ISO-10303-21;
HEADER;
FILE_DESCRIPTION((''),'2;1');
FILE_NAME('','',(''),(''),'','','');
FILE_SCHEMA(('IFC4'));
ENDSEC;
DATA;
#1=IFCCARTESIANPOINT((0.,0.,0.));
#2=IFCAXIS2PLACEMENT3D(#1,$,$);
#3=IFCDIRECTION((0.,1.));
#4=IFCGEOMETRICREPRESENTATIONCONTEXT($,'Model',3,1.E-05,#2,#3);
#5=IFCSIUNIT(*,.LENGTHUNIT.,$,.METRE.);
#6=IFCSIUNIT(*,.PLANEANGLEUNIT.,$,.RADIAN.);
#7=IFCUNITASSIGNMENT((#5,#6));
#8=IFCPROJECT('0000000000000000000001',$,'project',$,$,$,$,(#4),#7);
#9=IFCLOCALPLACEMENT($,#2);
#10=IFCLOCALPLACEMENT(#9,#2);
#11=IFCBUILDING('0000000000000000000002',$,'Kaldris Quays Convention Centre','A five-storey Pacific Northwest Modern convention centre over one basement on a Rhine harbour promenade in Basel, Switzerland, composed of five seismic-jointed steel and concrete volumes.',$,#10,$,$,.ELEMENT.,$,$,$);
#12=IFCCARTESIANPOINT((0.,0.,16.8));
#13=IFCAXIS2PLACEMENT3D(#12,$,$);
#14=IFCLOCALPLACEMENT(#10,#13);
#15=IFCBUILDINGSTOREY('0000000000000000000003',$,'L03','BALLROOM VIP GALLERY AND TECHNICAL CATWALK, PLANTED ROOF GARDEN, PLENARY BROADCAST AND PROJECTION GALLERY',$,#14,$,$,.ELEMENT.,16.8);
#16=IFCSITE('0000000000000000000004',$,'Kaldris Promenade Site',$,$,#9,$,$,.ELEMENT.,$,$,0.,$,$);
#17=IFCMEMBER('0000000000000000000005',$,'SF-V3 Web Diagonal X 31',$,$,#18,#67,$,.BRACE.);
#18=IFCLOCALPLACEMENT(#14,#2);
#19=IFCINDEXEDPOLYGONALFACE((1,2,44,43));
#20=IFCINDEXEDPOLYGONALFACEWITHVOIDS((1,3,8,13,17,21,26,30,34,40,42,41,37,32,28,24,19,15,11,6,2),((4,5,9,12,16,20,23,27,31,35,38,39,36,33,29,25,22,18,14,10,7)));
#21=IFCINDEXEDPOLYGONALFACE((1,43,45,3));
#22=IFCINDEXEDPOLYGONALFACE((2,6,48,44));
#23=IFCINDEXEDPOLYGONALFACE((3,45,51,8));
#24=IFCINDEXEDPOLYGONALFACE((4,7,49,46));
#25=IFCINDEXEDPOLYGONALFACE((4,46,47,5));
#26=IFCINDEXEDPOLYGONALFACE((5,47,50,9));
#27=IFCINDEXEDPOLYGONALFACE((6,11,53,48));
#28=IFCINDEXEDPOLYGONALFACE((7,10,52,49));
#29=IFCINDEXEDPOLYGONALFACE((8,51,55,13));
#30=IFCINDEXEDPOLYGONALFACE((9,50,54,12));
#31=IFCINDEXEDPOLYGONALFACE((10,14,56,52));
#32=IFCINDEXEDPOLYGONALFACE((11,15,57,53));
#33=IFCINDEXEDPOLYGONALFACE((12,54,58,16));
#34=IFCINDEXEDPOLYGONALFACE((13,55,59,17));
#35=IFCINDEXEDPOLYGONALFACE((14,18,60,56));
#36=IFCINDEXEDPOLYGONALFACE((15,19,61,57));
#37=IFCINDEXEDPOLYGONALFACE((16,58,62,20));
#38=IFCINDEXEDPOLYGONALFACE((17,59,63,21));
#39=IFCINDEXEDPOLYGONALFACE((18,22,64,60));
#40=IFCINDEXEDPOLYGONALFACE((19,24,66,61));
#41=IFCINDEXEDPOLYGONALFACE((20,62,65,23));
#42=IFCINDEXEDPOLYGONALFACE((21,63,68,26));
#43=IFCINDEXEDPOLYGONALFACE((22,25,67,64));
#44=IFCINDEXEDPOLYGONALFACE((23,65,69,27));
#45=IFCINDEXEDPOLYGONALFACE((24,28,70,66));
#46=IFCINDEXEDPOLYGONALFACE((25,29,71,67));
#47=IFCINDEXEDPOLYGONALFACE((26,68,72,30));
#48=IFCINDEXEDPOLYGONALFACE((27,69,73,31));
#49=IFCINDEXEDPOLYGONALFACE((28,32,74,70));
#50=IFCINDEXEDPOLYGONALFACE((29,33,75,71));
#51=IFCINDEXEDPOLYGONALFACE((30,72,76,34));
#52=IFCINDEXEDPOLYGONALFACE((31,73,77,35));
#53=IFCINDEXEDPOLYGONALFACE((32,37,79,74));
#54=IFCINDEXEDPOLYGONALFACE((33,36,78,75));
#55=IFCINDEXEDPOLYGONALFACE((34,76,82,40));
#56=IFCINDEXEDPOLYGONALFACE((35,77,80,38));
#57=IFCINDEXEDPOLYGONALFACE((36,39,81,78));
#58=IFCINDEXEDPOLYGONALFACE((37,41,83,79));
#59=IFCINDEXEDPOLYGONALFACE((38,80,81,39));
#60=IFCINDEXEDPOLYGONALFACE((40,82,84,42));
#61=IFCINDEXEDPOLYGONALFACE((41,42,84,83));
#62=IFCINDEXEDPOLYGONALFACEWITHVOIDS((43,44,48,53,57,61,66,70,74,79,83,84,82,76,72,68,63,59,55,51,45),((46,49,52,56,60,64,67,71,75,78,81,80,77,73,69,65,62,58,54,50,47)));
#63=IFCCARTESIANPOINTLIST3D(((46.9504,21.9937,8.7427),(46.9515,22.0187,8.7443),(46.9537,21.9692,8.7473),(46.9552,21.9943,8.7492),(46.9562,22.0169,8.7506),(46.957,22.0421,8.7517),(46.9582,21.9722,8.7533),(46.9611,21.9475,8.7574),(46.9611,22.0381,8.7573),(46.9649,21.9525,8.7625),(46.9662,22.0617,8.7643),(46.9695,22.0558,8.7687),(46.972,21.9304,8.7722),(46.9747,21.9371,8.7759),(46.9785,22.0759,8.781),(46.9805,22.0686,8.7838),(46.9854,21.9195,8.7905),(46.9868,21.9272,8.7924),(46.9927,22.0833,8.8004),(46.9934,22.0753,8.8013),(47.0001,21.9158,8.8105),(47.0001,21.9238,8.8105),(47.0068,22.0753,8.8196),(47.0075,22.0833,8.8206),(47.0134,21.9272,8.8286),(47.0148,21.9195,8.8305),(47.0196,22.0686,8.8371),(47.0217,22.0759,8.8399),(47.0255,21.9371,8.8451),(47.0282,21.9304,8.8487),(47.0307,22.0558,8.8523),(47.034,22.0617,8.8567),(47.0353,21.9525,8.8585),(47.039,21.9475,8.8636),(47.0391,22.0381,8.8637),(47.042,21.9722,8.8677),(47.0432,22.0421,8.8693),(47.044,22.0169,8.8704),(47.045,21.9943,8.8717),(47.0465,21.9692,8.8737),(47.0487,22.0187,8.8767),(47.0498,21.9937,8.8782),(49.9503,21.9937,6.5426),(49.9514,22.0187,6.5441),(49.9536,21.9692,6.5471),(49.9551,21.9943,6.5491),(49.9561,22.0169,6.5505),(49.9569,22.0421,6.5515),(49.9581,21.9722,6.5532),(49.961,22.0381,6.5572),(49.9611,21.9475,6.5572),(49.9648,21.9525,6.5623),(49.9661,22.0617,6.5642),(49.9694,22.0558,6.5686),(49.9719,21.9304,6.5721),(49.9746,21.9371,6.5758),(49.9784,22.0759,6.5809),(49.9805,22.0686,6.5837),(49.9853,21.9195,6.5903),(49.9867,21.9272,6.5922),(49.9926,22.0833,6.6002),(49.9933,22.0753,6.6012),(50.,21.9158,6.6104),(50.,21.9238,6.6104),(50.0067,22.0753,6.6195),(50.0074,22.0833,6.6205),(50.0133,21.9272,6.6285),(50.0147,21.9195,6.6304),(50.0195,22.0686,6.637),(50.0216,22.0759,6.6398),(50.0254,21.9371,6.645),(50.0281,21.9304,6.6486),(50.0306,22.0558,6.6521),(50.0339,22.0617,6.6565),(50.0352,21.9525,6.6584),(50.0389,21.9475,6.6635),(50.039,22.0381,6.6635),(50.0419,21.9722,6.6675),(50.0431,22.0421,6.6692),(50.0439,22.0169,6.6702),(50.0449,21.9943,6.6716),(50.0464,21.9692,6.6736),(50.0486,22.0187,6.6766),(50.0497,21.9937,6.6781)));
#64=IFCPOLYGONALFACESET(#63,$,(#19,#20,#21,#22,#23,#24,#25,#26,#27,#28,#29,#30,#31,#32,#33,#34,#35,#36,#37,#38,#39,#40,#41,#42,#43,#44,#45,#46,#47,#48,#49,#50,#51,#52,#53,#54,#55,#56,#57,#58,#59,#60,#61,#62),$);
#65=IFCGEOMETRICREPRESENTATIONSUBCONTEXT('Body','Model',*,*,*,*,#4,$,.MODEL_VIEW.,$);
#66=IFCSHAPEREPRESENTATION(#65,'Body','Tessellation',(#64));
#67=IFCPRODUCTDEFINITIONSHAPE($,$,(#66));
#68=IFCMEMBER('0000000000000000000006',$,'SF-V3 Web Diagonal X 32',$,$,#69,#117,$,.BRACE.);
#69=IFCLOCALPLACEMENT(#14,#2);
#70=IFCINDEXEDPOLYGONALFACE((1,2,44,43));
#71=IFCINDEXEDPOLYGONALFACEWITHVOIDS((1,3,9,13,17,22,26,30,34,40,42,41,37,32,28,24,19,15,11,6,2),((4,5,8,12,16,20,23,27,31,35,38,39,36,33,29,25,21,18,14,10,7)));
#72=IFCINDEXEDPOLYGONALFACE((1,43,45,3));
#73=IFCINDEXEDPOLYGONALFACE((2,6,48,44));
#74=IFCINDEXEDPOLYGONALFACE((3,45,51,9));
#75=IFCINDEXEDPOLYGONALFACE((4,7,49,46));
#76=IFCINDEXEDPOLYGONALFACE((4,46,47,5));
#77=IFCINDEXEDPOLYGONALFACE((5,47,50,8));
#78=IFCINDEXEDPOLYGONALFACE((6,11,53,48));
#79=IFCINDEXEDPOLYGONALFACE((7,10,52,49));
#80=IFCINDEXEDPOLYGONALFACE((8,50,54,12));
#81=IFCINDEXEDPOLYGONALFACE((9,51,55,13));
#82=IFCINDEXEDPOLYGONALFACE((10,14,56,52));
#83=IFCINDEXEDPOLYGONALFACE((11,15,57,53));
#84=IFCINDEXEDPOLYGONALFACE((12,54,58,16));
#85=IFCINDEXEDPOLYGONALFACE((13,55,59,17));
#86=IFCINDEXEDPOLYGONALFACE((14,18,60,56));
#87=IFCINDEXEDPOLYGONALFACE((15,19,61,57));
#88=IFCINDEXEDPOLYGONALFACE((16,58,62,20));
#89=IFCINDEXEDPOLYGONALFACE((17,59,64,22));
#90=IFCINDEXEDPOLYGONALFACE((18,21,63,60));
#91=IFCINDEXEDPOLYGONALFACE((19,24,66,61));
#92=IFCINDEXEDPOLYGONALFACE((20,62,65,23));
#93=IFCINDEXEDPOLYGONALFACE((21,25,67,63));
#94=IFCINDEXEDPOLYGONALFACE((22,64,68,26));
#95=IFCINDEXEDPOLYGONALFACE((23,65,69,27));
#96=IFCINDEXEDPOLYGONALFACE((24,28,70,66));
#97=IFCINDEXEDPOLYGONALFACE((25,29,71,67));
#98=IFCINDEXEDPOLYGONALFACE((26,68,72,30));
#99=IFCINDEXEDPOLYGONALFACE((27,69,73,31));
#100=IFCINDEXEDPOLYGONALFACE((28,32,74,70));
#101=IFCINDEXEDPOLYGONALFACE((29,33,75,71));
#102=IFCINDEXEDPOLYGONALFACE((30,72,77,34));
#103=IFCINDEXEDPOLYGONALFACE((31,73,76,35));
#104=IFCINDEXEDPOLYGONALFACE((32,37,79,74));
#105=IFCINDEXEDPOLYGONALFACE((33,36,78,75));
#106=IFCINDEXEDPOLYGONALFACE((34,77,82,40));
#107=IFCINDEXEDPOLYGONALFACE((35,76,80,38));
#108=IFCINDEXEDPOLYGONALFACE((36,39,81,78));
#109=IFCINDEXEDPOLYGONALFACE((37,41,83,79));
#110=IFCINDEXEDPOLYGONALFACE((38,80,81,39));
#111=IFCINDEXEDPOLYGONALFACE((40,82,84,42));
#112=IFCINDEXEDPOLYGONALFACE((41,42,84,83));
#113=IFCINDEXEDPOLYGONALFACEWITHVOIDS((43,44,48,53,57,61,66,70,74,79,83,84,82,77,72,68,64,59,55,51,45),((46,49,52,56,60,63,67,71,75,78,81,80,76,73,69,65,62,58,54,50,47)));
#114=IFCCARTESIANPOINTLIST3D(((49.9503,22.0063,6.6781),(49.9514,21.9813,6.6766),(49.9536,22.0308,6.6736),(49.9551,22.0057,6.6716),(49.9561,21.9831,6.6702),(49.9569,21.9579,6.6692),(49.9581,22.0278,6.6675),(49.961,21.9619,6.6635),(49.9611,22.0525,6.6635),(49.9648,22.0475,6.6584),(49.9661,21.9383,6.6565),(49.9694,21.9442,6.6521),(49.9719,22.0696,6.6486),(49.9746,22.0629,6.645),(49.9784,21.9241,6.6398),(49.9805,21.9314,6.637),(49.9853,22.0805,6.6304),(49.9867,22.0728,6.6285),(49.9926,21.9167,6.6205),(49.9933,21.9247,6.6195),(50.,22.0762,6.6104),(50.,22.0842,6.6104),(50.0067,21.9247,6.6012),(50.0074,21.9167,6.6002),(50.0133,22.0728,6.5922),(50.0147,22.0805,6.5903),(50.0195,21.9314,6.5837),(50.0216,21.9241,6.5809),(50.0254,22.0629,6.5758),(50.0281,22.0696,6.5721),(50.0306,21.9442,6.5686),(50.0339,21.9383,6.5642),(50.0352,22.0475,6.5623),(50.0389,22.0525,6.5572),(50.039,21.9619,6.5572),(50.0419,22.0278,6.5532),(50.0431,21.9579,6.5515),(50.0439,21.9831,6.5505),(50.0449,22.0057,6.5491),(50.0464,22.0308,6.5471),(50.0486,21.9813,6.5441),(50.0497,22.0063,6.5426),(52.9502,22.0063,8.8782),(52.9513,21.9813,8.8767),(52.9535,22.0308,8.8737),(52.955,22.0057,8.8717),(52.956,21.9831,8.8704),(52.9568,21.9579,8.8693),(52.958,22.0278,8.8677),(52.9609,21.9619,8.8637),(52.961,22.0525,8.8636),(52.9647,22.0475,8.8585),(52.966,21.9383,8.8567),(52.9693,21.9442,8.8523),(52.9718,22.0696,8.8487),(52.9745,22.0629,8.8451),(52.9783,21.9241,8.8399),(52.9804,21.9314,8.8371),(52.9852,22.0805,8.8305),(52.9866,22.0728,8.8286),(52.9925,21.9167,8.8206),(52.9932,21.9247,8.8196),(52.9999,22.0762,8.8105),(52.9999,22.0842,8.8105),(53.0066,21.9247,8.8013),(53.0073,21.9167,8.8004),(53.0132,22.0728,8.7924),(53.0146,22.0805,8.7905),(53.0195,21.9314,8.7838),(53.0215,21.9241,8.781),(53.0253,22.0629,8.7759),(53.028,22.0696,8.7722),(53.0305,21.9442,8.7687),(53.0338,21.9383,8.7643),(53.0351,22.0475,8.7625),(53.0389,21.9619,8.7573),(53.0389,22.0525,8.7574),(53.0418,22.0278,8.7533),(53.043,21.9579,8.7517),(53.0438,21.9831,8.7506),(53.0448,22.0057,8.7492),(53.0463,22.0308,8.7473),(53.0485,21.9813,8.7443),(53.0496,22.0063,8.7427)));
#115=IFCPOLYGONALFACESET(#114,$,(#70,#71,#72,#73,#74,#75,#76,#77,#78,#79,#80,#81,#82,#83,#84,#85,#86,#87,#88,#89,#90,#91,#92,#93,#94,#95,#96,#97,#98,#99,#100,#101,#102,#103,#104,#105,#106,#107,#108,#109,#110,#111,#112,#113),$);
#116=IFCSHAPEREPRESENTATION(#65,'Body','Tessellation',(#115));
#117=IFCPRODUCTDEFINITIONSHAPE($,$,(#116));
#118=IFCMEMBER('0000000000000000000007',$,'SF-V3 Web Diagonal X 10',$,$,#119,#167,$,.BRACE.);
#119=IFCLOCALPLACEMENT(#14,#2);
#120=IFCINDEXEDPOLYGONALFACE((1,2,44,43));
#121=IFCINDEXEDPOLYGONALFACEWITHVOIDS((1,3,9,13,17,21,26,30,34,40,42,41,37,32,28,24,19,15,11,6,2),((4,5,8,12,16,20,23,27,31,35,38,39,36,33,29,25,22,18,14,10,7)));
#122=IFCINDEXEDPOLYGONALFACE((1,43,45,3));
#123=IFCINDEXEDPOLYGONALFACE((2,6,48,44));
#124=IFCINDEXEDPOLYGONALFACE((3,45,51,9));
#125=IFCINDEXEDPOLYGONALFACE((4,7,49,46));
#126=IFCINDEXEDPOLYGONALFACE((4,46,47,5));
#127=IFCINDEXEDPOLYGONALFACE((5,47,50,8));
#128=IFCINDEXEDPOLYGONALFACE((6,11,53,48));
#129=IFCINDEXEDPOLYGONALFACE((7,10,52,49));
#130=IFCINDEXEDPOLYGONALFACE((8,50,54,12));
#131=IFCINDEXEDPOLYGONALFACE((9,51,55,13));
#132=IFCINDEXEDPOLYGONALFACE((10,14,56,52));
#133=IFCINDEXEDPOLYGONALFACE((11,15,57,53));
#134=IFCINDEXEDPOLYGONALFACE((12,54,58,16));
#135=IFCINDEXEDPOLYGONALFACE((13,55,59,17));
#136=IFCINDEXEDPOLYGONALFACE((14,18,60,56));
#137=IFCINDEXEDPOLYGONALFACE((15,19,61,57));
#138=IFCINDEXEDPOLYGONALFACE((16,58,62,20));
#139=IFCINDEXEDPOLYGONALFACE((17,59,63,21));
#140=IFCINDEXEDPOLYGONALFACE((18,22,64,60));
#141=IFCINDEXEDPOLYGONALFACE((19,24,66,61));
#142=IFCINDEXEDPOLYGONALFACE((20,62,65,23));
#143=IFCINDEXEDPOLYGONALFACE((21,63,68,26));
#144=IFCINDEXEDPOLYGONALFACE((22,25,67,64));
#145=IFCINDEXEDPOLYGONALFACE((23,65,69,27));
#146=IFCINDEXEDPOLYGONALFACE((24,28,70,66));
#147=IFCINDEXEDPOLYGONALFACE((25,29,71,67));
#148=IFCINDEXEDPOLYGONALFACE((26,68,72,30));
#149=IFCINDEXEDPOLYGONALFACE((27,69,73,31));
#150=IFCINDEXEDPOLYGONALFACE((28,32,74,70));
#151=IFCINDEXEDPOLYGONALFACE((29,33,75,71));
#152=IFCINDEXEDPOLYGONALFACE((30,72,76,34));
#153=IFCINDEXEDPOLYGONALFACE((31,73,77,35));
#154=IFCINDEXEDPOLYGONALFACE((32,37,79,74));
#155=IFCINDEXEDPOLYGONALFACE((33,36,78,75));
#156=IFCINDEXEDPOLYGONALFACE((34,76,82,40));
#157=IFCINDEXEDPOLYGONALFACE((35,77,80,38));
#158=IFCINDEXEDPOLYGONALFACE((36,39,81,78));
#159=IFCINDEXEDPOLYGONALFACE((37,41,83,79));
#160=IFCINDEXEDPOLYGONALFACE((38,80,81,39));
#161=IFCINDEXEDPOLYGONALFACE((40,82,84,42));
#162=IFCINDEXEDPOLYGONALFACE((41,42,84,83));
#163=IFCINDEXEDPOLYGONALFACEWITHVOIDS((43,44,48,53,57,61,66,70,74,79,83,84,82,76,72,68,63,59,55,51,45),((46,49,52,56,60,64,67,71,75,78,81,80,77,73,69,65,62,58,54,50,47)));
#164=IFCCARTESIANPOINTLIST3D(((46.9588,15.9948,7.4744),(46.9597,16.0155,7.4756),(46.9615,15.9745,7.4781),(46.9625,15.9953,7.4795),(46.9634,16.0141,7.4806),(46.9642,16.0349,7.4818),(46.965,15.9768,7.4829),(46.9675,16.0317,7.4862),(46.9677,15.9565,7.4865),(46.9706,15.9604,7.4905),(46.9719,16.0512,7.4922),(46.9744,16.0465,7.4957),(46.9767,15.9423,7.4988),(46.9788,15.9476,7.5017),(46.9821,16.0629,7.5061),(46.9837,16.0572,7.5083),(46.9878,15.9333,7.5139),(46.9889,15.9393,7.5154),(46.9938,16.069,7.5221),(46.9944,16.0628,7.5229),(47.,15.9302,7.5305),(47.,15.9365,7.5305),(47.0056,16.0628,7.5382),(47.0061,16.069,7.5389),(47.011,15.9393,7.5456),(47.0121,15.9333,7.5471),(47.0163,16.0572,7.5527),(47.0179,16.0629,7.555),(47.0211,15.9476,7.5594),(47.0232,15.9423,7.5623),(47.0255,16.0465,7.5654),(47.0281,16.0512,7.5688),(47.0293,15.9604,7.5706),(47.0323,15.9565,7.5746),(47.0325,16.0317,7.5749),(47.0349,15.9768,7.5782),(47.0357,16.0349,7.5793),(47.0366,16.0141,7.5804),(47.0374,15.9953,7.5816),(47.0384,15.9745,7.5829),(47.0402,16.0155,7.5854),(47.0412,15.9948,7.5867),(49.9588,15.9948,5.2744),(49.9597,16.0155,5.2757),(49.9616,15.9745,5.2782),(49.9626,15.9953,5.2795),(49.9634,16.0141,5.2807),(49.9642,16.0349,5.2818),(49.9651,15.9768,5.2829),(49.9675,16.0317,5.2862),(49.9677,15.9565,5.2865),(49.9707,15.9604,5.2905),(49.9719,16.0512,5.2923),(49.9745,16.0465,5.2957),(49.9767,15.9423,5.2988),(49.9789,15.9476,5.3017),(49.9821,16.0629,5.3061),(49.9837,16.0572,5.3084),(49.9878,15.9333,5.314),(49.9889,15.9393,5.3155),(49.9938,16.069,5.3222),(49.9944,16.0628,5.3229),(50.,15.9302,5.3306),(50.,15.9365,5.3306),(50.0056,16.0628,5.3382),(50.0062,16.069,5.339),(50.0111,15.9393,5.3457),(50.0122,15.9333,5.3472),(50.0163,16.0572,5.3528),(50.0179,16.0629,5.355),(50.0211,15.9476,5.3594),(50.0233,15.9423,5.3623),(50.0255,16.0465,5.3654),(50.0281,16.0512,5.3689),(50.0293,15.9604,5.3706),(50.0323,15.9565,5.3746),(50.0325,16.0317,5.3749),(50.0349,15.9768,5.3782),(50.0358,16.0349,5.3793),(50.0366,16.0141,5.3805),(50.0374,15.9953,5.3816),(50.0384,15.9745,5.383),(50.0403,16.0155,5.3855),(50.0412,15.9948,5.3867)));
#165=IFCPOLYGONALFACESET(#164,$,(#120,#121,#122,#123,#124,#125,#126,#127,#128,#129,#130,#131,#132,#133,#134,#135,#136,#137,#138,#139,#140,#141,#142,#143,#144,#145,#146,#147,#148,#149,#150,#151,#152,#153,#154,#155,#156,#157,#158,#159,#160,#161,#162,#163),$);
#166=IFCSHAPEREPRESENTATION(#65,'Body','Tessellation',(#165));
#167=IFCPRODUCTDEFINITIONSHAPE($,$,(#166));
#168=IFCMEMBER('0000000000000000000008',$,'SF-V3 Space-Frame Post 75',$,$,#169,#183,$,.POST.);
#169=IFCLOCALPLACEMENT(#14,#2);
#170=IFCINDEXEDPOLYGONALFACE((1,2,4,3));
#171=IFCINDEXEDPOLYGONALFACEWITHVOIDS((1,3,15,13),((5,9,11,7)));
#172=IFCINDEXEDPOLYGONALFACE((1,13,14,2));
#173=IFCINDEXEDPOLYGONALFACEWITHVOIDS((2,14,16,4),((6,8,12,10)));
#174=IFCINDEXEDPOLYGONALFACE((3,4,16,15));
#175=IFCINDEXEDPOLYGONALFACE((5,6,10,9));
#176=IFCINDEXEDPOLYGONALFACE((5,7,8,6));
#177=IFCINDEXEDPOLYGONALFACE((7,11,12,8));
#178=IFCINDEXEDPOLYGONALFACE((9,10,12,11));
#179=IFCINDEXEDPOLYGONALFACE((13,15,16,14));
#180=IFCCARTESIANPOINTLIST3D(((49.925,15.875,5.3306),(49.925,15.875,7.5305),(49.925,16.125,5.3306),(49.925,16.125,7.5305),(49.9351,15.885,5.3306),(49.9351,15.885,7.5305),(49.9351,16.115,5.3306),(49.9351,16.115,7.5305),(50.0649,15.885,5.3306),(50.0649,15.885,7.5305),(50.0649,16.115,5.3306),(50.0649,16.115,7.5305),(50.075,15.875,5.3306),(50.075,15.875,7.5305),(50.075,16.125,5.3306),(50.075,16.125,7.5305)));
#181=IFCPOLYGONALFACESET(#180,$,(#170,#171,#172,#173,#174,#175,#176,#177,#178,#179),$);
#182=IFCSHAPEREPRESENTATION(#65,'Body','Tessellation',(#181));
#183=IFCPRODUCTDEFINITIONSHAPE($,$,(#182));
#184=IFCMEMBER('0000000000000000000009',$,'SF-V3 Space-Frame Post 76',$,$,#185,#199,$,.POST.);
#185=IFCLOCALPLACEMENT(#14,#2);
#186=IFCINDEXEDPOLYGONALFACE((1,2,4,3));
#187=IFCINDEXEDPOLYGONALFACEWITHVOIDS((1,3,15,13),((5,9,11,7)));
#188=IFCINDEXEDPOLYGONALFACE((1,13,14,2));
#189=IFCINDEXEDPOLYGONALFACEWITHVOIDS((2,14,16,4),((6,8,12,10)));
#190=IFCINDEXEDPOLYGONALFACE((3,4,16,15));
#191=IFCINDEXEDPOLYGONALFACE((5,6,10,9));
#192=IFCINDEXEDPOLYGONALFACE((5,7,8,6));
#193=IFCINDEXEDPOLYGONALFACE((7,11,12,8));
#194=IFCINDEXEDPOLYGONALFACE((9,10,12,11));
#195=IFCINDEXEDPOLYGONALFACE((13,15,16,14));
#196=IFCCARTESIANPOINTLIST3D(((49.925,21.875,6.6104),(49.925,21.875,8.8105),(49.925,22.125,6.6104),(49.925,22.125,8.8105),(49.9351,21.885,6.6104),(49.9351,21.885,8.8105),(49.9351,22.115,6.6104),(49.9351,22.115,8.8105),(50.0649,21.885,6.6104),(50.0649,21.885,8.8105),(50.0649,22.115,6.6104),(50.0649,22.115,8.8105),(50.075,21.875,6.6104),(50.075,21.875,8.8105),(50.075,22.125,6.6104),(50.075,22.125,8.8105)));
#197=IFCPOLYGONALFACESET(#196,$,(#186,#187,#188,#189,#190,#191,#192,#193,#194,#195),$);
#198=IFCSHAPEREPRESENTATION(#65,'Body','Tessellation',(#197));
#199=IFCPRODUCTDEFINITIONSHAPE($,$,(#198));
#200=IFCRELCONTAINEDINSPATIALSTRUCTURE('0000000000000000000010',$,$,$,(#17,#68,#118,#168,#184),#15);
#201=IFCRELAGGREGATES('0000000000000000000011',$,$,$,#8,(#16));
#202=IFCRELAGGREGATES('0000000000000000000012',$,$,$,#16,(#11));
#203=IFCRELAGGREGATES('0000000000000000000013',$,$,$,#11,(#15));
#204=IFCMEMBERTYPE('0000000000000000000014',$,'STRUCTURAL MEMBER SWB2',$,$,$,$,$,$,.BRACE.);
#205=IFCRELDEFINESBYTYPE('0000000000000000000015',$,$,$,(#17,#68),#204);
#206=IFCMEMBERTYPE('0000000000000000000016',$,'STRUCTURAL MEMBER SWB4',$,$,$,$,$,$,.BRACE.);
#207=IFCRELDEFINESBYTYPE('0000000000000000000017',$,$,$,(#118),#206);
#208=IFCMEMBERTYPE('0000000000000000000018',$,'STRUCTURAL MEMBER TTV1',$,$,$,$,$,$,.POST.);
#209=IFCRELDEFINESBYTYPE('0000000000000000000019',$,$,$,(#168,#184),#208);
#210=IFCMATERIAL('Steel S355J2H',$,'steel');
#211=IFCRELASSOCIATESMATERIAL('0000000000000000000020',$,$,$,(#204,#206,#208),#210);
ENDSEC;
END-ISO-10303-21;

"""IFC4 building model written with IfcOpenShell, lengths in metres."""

from ifc_helpers import new_model, si_unit, direction, frame, origin, origin_2d, place, context, subcontext, project, spatial, hollow_rectangle, hollow_circle, extrude, material, material_profile, profile_set, type_object, element, save


model = new_model("IFC4")

# Units and contexts
model_context = context("Model", 3, precision=1e-05, world=origin(), true_north=direction((0.0, 1.0)))
body_context = subcontext(model_context, "Body", "Model", "MODEL_VIEW")
ifc_project = project(units=[si_unit("LENGTHUNIT", "METRE"), si_unit("PLANEANGLEUNIT", "RADIAN")], contexts=[model_context])

# Site, building, storey
site_placement = place(None, origin())
site = spatial("IfcSite", under=ifc_project, at=site_placement, Name="Kaldris Promenade Site", CompositionType="ELEMENT", RefElevation=0.0)
building_placement = place(site_placement, origin())
building = spatial("IfcBuilding", under=site, at=building_placement, Name="Kaldris Quays Convention Centre", Description="A five-storey Pacific Northwest Modern convention centre over one basement on a Rhine harbour promenade in Basel, Switzerland, composed of five seismic-jointed steel and concrete volumes.", CompositionType="ELEMENT")
storey_placement = place(building_placement, frame((0.0, 0.0, 16.8)))
storey = spatial("IfcBuildingStorey", under=building, at=storey_placement, Name="L03", Description="BALLROOM VIP GALLERY AND TECHNICAL CATWALK, PLANTED ROOF GARDEN, PLENARY BROADCAST AND PROJECTION GALLERY", CompositionType="ELEMENT", Elevation=16.8)

# Members
ifc_material_1 = material(Name="Steel S355J2H", Category="steel")
ifc_material_profile_1 = material_profile(ifc_material_1, hollow_circle(Radius=0.0842, WallThickness=0.0081, at=origin_2d()), Name="CHS 168.3x8")
ifc_profile_set_1 = profile_set([ifc_material_profile_1], Name="Steel S355J2H")
member_type_1 = type_object("IfcMemberType", Name="STRUCTURAL MEMBER SWB2", PredefinedType="BRACE", material=ifc_profile_set_1)
for number, where, z_axis, x_axis, name in (
    (1, (50.0, 22.0, 6.6104), (-0.80638, 0.0, 0.591398), (0.0, -1.0, 0.0), "SF-V3 Web Diagonal X 31"),
    (2, (50.0, 22.0, 6.6104), (0.80638, 0.0, 0.591398), (0.0, 1.0, 0.0), "SF-V3 Web Diagonal X 32"),
):
    element("IfcMember", number, at=place(storey_placement, frame(where, z_axis=z_axis, x_axis=x_axis)), inside=storey, type_object=member_type_1, Name=name, PredefinedType="BRACE", context=body_context, shape_type="SweptSolid", body=[
        extrude(hollow_circle(Radius=0.0842, WallThickness=0.0081, at=origin_2d()), origin(), (0.0, 0.0, 1.0), 3.7202),
    ])
ifc_material_profile_2 = material_profile(ifc_material_1, hollow_circle(Radius=0.0698, WallThickness=0.0063, at=origin_2d()), Name="CHS 139.7x6.3")
ifc_profile_set_2 = profile_set([ifc_material_profile_2], Name="Steel S355J2H")
member_type_2 = type_object("IfcMemberType", Name="STRUCTURAL MEMBER SWB4", PredefinedType="BRACE", material=ifc_profile_set_2)
member_1_placement = place(storey_placement, frame((50.0, 16.0, 5.3306), z_axis=(-0.806411, 0.0, 0.591355), x_axis=(0.0, -1.0, 0.0)))
element("IfcMember", 3, at=member_1_placement, inside=storey, type_object=member_type_2, Name="SF-V3 Web Diagonal X 10", PredefinedType="BRACE", context=body_context, shape_type="SweptSolid", body=[
    extrude(hollow_circle(Radius=0.0698, WallThickness=0.0063, at=origin_2d()), origin(), (0.0, 0.0, 1.0), 3.7202),
])
ifc_material_profile_3 = material_profile(ifc_material_1, hollow_rectangle(XDim=0.1499, YDim=0.25, WallThickness=0.01, at=origin_2d()), Name="RHS 250x150x10")
ifc_profile_set_3 = profile_set([ifc_material_profile_3], Name="Steel S355J2H")
member_type_3 = type_object("IfcMemberType", Name="STRUCTURAL MEMBER TTV1", PredefinedType="POST", material=ifc_profile_set_3)
member_2_placement = place(storey_placement, frame((50.0, 16.0, 5.3306), z_axis=(0.0, 0.0, 1.0), x_axis=(1.0, 0.0, 0.0)))
element("IfcMember", 4, at=member_2_placement, inside=storey, type_object=member_type_3, Name="SF-V3 Space-Frame Post 75", PredefinedType="POST", context=body_context, shape_type="SweptSolid", body=[
    extrude(hollow_rectangle(XDim=0.1499, YDim=0.25, WallThickness=0.01, at=origin_2d()), origin(), (0.0, 0.0, 1.0), 2.2),
])
member_3_placement = place(storey_placement, frame((50.0, 22.0, 6.6104), z_axis=(0.0, 0.0, 1.0), x_axis=(1.0, 0.0, 0.0)))
element("IfcMember", 5, at=member_3_placement, inside=storey, type_object=member_type_3, Name="SF-V3 Space-Frame Post 76", PredefinedType="POST", context=body_context, shape_type="SweptSolid", body=[
    extrude(hollow_rectangle(XDim=0.1499, YDim=0.25, WallThickness=0.01, at=origin_2d()), origin(), (0.0, 0.0, 1.0), 2.2002),
])

save(model, "model.ifc")
